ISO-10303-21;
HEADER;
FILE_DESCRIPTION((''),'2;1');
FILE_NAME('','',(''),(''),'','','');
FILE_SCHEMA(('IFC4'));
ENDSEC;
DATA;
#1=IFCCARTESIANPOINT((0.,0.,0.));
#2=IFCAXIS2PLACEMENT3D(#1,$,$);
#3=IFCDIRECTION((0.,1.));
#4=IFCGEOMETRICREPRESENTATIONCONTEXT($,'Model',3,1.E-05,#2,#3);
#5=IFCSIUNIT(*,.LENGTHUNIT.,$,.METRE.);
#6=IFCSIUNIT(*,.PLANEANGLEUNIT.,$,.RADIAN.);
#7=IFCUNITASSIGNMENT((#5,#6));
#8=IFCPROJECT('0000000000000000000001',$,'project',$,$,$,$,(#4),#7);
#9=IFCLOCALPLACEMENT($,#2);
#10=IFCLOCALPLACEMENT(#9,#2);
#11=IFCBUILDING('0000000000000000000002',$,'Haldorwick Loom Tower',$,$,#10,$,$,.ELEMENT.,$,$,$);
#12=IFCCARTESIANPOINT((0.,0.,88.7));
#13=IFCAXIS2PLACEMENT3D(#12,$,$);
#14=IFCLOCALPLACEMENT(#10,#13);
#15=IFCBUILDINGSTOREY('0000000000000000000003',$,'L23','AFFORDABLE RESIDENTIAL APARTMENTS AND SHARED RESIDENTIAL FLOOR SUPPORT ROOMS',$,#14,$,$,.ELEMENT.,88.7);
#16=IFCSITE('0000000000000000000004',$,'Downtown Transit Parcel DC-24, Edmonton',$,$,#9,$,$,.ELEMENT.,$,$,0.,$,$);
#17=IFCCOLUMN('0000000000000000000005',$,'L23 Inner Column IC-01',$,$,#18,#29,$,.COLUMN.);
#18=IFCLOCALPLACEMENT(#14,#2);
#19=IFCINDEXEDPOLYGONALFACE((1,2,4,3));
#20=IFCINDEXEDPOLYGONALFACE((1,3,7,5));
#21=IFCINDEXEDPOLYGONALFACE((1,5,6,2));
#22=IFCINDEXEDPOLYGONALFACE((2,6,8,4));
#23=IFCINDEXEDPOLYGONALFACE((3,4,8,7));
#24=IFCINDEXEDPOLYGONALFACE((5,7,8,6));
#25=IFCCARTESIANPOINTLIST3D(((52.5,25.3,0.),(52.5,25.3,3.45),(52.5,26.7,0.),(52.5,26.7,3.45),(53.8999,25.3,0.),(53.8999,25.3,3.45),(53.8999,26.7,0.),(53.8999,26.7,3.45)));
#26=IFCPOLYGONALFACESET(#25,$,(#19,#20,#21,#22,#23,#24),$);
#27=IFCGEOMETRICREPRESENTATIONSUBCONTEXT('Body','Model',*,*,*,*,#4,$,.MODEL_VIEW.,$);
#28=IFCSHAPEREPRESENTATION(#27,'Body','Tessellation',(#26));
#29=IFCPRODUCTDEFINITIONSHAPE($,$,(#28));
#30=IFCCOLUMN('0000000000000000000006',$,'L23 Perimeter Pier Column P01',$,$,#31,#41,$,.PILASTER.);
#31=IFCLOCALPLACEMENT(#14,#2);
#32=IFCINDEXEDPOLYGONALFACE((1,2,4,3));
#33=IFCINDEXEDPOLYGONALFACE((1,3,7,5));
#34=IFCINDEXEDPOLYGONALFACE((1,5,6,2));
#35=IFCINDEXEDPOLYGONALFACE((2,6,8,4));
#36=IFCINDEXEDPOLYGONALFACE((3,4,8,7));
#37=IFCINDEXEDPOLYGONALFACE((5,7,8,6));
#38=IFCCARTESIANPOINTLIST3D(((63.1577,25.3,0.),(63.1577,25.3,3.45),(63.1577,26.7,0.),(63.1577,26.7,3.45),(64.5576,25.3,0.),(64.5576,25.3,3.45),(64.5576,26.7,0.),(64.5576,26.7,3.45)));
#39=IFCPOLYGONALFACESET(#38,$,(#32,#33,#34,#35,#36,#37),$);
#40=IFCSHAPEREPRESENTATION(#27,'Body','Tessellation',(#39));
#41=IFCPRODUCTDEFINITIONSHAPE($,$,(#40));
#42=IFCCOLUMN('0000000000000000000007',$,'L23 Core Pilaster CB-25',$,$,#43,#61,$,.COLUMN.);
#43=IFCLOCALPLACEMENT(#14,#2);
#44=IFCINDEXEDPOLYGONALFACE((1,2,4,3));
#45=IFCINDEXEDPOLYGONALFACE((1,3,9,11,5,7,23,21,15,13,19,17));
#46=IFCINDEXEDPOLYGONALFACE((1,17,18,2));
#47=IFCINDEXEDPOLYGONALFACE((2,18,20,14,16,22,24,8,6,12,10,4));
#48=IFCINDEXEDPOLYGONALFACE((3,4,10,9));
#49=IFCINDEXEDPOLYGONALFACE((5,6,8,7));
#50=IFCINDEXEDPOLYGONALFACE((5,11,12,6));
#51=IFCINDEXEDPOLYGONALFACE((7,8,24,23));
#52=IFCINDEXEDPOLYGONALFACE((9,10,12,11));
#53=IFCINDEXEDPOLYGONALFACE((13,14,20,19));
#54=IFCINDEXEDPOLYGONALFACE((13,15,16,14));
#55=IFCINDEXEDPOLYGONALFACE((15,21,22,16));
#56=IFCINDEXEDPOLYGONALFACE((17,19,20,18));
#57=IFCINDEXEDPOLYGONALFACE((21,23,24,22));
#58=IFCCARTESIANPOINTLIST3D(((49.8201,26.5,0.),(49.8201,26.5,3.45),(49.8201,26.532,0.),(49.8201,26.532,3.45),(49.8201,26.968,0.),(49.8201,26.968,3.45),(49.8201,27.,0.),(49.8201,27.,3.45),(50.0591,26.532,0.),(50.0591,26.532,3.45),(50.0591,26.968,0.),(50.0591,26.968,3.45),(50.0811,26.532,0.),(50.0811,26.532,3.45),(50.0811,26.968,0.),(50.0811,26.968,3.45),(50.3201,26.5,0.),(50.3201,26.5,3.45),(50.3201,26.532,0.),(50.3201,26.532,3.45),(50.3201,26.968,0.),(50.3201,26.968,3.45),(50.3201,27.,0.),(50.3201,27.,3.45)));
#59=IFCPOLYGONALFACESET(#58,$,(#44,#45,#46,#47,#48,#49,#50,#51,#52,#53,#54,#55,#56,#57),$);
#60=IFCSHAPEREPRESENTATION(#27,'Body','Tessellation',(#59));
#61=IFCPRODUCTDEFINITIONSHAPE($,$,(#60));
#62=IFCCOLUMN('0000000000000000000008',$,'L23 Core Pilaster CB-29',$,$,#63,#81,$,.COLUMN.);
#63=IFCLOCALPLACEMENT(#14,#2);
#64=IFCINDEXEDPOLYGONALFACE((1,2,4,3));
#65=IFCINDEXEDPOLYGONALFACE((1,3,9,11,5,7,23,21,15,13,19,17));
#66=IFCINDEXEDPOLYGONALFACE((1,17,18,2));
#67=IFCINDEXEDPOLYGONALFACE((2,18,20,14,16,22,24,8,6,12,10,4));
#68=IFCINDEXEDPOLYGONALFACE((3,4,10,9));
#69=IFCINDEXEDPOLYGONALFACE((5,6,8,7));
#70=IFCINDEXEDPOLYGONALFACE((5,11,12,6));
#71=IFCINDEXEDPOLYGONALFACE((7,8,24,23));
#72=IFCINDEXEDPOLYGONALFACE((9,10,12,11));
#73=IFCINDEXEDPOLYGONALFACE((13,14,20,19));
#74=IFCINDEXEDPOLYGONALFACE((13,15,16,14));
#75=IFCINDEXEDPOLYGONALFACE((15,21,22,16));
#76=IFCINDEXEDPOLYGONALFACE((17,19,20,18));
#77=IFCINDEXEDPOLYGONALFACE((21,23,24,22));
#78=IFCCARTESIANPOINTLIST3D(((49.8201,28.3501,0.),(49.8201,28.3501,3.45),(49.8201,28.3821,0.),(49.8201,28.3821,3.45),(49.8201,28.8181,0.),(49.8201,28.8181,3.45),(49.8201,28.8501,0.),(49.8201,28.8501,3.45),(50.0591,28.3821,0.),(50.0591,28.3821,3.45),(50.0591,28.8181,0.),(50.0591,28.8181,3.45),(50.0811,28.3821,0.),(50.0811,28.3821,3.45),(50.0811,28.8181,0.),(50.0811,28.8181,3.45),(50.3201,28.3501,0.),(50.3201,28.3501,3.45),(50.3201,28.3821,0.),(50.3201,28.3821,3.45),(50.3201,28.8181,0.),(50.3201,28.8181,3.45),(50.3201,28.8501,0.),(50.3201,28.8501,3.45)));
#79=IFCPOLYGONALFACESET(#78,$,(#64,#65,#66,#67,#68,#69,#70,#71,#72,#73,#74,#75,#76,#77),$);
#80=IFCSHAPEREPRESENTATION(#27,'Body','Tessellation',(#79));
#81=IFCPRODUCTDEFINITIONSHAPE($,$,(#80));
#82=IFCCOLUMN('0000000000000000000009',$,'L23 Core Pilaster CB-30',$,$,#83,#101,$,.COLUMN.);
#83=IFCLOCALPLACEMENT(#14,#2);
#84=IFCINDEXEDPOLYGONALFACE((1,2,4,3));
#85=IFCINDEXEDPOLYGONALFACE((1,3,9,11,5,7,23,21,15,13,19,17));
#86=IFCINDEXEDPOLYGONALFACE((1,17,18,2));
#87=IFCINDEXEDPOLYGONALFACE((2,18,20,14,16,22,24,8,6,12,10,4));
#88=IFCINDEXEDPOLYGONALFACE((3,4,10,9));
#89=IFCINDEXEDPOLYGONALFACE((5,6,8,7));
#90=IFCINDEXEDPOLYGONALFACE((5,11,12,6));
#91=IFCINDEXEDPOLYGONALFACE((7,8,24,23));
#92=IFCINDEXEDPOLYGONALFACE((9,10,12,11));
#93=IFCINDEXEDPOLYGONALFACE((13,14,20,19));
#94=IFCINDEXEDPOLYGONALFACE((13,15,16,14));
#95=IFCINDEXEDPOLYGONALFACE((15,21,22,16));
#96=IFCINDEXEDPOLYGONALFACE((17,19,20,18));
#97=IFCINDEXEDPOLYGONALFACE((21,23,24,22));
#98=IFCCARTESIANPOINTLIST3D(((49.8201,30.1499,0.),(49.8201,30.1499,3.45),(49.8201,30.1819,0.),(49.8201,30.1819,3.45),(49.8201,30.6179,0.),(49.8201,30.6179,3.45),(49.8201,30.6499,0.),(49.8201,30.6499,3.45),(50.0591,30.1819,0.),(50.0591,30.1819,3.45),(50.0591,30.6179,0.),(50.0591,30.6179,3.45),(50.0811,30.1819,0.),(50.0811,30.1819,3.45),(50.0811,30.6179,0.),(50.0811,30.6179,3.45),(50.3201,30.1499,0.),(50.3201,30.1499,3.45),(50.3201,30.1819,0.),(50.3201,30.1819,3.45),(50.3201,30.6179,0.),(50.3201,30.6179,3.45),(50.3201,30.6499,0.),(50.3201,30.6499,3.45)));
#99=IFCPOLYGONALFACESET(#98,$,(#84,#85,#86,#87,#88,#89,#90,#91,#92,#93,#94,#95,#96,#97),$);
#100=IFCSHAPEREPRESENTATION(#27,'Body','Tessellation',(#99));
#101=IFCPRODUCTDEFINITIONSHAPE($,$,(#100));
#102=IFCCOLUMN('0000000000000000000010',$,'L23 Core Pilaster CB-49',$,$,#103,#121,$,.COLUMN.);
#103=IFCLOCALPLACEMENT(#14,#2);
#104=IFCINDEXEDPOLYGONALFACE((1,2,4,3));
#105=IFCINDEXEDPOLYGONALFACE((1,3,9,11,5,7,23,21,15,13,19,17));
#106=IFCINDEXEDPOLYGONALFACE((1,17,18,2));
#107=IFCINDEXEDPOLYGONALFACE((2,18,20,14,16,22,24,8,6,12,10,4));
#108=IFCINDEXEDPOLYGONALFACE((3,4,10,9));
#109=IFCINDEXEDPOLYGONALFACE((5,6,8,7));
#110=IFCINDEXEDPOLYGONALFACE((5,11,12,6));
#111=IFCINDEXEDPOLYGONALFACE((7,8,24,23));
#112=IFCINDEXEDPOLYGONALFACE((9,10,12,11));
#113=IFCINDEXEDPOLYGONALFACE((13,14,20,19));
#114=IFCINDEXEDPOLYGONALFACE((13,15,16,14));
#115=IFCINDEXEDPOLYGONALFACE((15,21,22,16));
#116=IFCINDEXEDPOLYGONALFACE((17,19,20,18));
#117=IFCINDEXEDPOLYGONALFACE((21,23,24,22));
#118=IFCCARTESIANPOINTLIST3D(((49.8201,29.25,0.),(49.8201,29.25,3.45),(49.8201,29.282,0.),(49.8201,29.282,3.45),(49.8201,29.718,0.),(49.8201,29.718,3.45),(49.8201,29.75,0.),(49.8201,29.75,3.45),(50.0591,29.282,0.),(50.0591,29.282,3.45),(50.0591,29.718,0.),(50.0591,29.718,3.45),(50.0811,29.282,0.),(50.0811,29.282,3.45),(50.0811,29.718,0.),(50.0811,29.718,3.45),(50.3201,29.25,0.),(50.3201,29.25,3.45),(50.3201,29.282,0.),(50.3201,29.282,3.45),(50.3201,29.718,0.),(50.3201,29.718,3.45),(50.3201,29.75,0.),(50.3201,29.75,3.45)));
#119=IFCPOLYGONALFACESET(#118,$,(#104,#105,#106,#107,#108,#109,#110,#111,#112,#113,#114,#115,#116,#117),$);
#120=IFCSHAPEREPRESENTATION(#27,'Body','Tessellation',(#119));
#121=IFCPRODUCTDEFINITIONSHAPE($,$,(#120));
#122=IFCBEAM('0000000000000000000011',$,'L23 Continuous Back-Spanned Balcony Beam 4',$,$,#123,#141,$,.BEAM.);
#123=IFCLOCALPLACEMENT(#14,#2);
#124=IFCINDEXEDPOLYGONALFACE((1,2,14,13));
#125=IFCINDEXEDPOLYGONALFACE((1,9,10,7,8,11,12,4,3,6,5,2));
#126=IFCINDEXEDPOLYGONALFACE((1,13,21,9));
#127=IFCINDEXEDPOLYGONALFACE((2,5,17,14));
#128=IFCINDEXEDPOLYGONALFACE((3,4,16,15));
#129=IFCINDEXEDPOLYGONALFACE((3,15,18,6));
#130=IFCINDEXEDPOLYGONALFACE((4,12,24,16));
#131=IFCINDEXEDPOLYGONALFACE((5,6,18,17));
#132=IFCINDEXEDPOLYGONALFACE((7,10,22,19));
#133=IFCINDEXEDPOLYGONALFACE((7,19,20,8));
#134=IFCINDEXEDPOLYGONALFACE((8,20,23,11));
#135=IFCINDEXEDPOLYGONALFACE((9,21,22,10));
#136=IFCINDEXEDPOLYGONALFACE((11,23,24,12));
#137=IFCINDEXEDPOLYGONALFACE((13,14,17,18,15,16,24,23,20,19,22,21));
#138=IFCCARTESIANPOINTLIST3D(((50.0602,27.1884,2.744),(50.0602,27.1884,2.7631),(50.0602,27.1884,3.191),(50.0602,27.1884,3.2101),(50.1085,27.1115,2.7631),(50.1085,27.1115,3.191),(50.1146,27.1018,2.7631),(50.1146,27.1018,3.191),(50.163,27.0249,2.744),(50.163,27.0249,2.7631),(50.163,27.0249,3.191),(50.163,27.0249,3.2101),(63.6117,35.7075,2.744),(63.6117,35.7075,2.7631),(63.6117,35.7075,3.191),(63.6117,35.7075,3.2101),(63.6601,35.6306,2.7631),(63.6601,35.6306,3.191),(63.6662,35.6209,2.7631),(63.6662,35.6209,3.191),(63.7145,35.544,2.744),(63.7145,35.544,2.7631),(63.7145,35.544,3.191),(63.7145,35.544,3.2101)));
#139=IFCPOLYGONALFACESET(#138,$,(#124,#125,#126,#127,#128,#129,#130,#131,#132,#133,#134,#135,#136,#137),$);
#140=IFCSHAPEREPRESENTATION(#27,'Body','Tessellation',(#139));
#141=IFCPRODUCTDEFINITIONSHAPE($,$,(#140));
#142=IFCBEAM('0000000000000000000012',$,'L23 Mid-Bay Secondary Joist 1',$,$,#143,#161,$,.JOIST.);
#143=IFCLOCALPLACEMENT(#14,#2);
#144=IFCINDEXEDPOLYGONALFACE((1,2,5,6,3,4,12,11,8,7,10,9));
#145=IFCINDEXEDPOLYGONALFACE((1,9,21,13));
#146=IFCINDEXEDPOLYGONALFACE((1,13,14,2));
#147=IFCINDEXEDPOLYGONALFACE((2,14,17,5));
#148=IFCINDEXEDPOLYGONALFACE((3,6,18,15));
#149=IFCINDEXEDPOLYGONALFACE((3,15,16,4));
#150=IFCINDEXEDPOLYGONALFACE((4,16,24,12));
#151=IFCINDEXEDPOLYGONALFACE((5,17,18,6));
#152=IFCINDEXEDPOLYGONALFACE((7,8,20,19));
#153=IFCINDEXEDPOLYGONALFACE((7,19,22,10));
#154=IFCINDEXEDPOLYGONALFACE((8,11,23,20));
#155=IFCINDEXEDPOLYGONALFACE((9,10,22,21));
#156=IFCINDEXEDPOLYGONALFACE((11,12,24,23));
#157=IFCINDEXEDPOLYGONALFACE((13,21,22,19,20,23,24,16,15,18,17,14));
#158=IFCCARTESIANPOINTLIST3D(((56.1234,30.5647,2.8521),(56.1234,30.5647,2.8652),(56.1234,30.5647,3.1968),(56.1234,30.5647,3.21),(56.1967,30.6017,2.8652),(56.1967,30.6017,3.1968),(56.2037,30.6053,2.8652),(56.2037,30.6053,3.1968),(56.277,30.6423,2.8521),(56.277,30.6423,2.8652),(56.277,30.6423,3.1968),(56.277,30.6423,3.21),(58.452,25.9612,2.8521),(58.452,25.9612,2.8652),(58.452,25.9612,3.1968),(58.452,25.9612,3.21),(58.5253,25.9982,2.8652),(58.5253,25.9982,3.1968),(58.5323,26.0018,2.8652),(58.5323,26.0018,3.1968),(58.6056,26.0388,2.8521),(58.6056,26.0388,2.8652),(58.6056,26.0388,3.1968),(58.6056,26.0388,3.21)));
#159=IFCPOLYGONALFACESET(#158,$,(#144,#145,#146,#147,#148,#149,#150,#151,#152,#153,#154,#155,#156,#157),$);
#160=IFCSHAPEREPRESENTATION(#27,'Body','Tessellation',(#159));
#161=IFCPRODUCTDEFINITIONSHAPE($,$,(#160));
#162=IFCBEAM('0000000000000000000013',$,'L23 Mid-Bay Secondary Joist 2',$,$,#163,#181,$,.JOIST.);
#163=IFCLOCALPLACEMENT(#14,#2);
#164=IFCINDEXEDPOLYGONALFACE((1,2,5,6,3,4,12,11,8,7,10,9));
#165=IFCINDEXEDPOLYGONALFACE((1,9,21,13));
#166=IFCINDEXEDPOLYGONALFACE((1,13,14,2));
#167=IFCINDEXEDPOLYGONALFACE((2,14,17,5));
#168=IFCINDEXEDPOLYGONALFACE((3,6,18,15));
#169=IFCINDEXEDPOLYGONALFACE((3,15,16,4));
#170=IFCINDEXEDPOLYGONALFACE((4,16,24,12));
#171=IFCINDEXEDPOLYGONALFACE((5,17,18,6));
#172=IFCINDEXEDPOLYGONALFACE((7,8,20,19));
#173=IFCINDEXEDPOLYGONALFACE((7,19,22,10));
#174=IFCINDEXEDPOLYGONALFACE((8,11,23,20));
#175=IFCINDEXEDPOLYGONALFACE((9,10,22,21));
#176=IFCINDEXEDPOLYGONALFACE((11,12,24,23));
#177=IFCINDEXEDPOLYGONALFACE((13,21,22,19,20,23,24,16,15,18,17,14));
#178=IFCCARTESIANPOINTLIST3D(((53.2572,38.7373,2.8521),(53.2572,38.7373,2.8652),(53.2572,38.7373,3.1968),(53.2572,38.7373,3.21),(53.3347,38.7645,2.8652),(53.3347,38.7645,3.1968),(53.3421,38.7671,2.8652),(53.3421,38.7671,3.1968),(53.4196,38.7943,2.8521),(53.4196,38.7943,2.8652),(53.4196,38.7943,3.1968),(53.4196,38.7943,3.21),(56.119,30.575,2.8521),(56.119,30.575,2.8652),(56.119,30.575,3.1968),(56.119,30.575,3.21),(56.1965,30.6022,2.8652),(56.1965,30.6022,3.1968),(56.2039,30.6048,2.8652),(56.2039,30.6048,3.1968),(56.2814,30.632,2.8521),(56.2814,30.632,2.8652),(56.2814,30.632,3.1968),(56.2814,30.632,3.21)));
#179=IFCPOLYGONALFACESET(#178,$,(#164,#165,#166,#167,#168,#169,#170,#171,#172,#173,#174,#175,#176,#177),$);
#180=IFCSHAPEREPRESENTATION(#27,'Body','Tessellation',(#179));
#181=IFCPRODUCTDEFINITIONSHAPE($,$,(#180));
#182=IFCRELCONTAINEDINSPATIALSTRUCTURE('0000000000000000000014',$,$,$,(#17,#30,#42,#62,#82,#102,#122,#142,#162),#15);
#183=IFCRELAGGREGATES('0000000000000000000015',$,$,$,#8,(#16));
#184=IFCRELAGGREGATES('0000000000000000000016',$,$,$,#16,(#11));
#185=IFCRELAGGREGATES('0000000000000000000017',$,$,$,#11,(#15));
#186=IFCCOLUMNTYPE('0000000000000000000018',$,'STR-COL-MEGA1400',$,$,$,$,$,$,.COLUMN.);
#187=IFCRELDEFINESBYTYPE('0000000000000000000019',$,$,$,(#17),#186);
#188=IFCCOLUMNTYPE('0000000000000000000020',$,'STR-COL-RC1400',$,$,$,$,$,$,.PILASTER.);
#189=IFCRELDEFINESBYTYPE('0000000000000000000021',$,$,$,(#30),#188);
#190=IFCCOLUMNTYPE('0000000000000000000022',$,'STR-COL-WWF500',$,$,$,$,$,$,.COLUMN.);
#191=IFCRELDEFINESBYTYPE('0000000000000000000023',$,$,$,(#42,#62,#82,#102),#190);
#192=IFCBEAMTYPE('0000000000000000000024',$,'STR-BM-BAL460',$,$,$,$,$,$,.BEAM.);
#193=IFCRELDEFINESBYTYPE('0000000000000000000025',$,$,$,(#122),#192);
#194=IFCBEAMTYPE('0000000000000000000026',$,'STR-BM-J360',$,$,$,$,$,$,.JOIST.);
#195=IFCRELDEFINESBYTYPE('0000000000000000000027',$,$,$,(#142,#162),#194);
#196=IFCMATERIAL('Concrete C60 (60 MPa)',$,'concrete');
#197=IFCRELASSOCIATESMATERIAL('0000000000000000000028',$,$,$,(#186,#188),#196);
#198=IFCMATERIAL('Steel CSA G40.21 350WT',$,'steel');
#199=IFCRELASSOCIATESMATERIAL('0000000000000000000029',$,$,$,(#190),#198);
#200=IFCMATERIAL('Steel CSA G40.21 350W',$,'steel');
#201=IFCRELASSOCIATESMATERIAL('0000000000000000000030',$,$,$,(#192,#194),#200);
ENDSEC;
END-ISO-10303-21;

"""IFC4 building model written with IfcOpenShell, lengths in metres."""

from ifc_helpers import new_model, si_unit, direction, frame, origin, origin_2d, place, context, subcontext, project, spatial, rectangle, i_section, extrude, material, material_profile, profile_set, type_object, element, save


model = new_model("IFC4")

# Units and contexts
model_context = context("Model", 3, precision=1e-05, world=origin(), true_north=direction((0.0, 1.0)))
body_context = subcontext(model_context, "Body", "Model", "MODEL_VIEW")
ifc_project = project(units=[si_unit("LENGTHUNIT", "METRE"), si_unit("PLANEANGLEUNIT", "RADIAN")], contexts=[model_context])

# Site, building, storey
site_placement = place(None, origin())
site = spatial("IfcSite", under=ifc_project, at=site_placement, Name="Downtown Transit Parcel DC-24, Edmonton", CompositionType="ELEMENT", RefElevation=0.0)
building_placement = place(site_placement, origin())
building = spatial("IfcBuilding", under=site, at=building_placement, Name="Haldorwick Loom Tower", CompositionType="ELEMENT")
storey_placement = place(building_placement, frame((0.0, 0.0, 88.7)))
storey = spatial("IfcBuildingStorey", under=building, at=storey_placement, Name="L23", Description="AFFORDABLE RESIDENTIAL APARTMENTS AND SHARED RESIDENTIAL FLOOR SUPPORT ROOMS", CompositionType="ELEMENT", Elevation=88.7)

# Columns
ifc_material_1 = material(Name="Concrete C60 (60 MPa)", Category="concrete")
ifc_material_profile_1 = material_profile(ifc_material_1, rectangle(XDim=1.3999, YDim=1.3999, at=origin_2d()), Name="RC1400X1400", Category="concrete")
ifc_profile_set_1 = profile_set([ifc_material_profile_1], Name="Concrete C60 (60 MPa)")
column_type_1 = type_object("IfcColumnType", Name="STR-COL-MEGA1400", PredefinedType="COLUMN", material=ifc_profile_set_1)
column_1_placement = place(storey_placement, frame((53.2, 26.0, 0.0), z_axis=(0.0, 0.0, 1.0), x_axis=(1.0, 0.0, 0.0)))
element("IfcColumn", 1, at=column_1_placement, inside=storey, type_object=column_type_1, Name="L23 Inner Column IC-01", PredefinedType="COLUMN", context=body_context, shape_type="SweptSolid", body=[
    extrude(rectangle(XDim=1.3999, YDim=1.3999, at=origin_2d()), origin(), (0.0, 0.0, 1.0), 3.45),
])
ifc_material_profile_2 = material_profile(ifc_material_1, rectangle(XDim=1.3999, YDim=1.3999, at=origin_2d()), Name="RC1400X1400", Category="concrete")
ifc_profile_set_2 = profile_set([ifc_material_profile_2], Name="Concrete C60 (60 MPa)")
column_type_2 = type_object("IfcColumnType", Name="STR-COL-RC1400", PredefinedType="PILASTER", material=ifc_profile_set_2)
column_2_placement = place(storey_placement, frame((63.8577, 26.0, 0.0), z_axis=(0.0, 0.0, 1.0), x_axis=(1.0, 0.0, 0.0)))
element("IfcColumn", 2, at=column_2_placement, inside=storey, type_object=column_type_2, Name="L23 Perimeter Pier Column P01", PredefinedType="PILASTER", context=body_context, shape_type="SweptSolid", body=[
    extrude(rectangle(XDim=1.3999, YDim=1.3999, at=origin_2d()), origin(), (0.0, 0.0, 1.0), 3.45),
])
ifc_material_2 = material(Name="Steel CSA G40.21 350WT", Category="steel")
ifc_material_profile_3 = material_profile(ifc_material_2, i_section(OverallWidth=0.5, OverallDepth=0.5, WebThickness=0.022, FlangeThickness=0.032, at=origin_2d()), Name="WWF500X500", Category="steel")
ifc_profile_set_3 = profile_set([ifc_material_profile_3], Name="Steel CSA G40.21 350WT")
column_type_3 = type_object("IfcColumnType", Name="STR-COL-WWF500", PredefinedType="COLUMN", material=ifc_profile_set_3)
for number, where, z_axis, x_axis, name in (
    (3, (50.0701, 26.75, 0.0), (0.0, 0.0, 1.0), (1.0, 0.0, 0.0), "L23 Core Pilaster CB-25"),
    (4, (50.0701, 28.6001, 0.0), (0.0, 0.0, 1.0), (1.0, 0.0, 0.0), "L23 Core Pilaster CB-29"),
    (5, (50.0701, 30.3999, 0.0), (0.0, 0.0, 1.0), (1.0, 0.0, 0.0), "L23 Core Pilaster CB-30"),
    (6, (50.0701, 29.5, 0.0), (0.0, 0.0, 1.0), (1.0, 0.0, 0.0), "L23 Core Pilaster CB-49"),
):
    element("IfcColumn", number, at=place(storey_placement, frame(where, z_axis=z_axis, x_axis=x_axis)), inside=storey, type_object=column_type_3, Name=name, PredefinedType="COLUMN", context=body_context, shape_type="SweptSolid", body=[
        extrude(i_section(OverallWidth=0.5, OverallDepth=0.5, WebThickness=0.022, FlangeThickness=0.032, at=origin_2d()), origin(), (0.0, 0.0, 1.0), 3.45),
    ])

# Beams
ifc_material_3 = material(Name="Steel CSA G40.21 350W", Category="steel")
ifc_material_profile_4 = material_profile(ifc_material_3, i_section(OverallWidth=0.1931, OverallDepth=0.4661, WebThickness=0.0115, FlangeThickness=0.019, at=origin_2d()), Name="W460X97", Category="steel")
ifc_profile_set_4 = profile_set([ifc_material_profile_4], Name="Steel CSA G40.21 350W")
beam_type_1 = type_object("IfcBeamType", Name="STR-BM-BAL460", PredefinedType="BEAM", material=ifc_profile_set_4)
beam_1_placement = place(storey_placement, frame((50.1116, 27.1067, 2.9771), z_axis=(0.84661, 0.532214, 0.0), x_axis=(-0.532214, 0.84661, 0.0)))
element("IfcBeam", 7, at=beam_1_placement, inside=storey, type_object=beam_type_1, Name="L23 Continuous Back-Spanned Balcony Beam 4", PredefinedType="BEAM", context=body_context, shape_type="SweptSolid", body=[
    extrude(i_section(OverallWidth=0.1931, OverallDepth=0.4661, WebThickness=0.0115, FlangeThickness=0.019, at=origin_2d()), origin(), (0.0, 0.0, 1.0), 16.0068),
])
ifc_material_profile_5 = material_profile(ifc_material_3, i_section(OverallWidth=0.1721, OverallDepth=0.3579, WebThickness=0.0078, FlangeThickness=0.0132, at=origin_2d()), Name="W360X57", Category="steel")
ifc_profile_set_5 = profile_set([ifc_material_profile_5], Name="Steel CSA G40.21 350W")
beam_type_2 = type_object("IfcBeamType", Name="STR-BM-J360", PredefinedType="JOIST", material=ifc_profile_set_5)
beam_2_placement = place(storey_placement, frame((58.5288, 26.0, 3.031), z_axis=(-0.451373, 0.892335, 0.0), x_axis=(-0.892335, -0.451373, 0.0)))
element("IfcBeam", 8, at=beam_2_placement, inside=storey, type_object=beam_type_2, Name="L23 Mid-Bay Secondary Joist 1", PredefinedType="JOIST", context=body_context, shape_type="SweptSolid", body=[
    extrude(i_section(OverallWidth=0.1721, OverallDepth=0.3579, WebThickness=0.0078, FlangeThickness=0.0132, at=origin_2d()), origin(), (0.0, 0.0, 1.0), 5.1589),
])
beam_3_placement = place(storey_placement, frame((56.2002, 30.6035, 3.031), z_axis=(-0.330865, 0.943678, 0.0), x_axis=(-0.943678, -0.330865, 0.0)))
element("IfcBeam", 9, at=beam_3_placement, inside=storey, type_object=beam_type_2, Name="L23 Mid-Bay Secondary Joist 2", PredefinedType="JOIST", context=body_context, shape_type="SweptSolid", body=[
    extrude(i_section(OverallWidth=0.1721, OverallDepth=0.3579, WebThickness=0.0078, FlangeThickness=0.0132, at=origin_2d()), origin(), (0.0, 0.0, 1.0), 8.6494),
])

save(model, "model.ifc")
